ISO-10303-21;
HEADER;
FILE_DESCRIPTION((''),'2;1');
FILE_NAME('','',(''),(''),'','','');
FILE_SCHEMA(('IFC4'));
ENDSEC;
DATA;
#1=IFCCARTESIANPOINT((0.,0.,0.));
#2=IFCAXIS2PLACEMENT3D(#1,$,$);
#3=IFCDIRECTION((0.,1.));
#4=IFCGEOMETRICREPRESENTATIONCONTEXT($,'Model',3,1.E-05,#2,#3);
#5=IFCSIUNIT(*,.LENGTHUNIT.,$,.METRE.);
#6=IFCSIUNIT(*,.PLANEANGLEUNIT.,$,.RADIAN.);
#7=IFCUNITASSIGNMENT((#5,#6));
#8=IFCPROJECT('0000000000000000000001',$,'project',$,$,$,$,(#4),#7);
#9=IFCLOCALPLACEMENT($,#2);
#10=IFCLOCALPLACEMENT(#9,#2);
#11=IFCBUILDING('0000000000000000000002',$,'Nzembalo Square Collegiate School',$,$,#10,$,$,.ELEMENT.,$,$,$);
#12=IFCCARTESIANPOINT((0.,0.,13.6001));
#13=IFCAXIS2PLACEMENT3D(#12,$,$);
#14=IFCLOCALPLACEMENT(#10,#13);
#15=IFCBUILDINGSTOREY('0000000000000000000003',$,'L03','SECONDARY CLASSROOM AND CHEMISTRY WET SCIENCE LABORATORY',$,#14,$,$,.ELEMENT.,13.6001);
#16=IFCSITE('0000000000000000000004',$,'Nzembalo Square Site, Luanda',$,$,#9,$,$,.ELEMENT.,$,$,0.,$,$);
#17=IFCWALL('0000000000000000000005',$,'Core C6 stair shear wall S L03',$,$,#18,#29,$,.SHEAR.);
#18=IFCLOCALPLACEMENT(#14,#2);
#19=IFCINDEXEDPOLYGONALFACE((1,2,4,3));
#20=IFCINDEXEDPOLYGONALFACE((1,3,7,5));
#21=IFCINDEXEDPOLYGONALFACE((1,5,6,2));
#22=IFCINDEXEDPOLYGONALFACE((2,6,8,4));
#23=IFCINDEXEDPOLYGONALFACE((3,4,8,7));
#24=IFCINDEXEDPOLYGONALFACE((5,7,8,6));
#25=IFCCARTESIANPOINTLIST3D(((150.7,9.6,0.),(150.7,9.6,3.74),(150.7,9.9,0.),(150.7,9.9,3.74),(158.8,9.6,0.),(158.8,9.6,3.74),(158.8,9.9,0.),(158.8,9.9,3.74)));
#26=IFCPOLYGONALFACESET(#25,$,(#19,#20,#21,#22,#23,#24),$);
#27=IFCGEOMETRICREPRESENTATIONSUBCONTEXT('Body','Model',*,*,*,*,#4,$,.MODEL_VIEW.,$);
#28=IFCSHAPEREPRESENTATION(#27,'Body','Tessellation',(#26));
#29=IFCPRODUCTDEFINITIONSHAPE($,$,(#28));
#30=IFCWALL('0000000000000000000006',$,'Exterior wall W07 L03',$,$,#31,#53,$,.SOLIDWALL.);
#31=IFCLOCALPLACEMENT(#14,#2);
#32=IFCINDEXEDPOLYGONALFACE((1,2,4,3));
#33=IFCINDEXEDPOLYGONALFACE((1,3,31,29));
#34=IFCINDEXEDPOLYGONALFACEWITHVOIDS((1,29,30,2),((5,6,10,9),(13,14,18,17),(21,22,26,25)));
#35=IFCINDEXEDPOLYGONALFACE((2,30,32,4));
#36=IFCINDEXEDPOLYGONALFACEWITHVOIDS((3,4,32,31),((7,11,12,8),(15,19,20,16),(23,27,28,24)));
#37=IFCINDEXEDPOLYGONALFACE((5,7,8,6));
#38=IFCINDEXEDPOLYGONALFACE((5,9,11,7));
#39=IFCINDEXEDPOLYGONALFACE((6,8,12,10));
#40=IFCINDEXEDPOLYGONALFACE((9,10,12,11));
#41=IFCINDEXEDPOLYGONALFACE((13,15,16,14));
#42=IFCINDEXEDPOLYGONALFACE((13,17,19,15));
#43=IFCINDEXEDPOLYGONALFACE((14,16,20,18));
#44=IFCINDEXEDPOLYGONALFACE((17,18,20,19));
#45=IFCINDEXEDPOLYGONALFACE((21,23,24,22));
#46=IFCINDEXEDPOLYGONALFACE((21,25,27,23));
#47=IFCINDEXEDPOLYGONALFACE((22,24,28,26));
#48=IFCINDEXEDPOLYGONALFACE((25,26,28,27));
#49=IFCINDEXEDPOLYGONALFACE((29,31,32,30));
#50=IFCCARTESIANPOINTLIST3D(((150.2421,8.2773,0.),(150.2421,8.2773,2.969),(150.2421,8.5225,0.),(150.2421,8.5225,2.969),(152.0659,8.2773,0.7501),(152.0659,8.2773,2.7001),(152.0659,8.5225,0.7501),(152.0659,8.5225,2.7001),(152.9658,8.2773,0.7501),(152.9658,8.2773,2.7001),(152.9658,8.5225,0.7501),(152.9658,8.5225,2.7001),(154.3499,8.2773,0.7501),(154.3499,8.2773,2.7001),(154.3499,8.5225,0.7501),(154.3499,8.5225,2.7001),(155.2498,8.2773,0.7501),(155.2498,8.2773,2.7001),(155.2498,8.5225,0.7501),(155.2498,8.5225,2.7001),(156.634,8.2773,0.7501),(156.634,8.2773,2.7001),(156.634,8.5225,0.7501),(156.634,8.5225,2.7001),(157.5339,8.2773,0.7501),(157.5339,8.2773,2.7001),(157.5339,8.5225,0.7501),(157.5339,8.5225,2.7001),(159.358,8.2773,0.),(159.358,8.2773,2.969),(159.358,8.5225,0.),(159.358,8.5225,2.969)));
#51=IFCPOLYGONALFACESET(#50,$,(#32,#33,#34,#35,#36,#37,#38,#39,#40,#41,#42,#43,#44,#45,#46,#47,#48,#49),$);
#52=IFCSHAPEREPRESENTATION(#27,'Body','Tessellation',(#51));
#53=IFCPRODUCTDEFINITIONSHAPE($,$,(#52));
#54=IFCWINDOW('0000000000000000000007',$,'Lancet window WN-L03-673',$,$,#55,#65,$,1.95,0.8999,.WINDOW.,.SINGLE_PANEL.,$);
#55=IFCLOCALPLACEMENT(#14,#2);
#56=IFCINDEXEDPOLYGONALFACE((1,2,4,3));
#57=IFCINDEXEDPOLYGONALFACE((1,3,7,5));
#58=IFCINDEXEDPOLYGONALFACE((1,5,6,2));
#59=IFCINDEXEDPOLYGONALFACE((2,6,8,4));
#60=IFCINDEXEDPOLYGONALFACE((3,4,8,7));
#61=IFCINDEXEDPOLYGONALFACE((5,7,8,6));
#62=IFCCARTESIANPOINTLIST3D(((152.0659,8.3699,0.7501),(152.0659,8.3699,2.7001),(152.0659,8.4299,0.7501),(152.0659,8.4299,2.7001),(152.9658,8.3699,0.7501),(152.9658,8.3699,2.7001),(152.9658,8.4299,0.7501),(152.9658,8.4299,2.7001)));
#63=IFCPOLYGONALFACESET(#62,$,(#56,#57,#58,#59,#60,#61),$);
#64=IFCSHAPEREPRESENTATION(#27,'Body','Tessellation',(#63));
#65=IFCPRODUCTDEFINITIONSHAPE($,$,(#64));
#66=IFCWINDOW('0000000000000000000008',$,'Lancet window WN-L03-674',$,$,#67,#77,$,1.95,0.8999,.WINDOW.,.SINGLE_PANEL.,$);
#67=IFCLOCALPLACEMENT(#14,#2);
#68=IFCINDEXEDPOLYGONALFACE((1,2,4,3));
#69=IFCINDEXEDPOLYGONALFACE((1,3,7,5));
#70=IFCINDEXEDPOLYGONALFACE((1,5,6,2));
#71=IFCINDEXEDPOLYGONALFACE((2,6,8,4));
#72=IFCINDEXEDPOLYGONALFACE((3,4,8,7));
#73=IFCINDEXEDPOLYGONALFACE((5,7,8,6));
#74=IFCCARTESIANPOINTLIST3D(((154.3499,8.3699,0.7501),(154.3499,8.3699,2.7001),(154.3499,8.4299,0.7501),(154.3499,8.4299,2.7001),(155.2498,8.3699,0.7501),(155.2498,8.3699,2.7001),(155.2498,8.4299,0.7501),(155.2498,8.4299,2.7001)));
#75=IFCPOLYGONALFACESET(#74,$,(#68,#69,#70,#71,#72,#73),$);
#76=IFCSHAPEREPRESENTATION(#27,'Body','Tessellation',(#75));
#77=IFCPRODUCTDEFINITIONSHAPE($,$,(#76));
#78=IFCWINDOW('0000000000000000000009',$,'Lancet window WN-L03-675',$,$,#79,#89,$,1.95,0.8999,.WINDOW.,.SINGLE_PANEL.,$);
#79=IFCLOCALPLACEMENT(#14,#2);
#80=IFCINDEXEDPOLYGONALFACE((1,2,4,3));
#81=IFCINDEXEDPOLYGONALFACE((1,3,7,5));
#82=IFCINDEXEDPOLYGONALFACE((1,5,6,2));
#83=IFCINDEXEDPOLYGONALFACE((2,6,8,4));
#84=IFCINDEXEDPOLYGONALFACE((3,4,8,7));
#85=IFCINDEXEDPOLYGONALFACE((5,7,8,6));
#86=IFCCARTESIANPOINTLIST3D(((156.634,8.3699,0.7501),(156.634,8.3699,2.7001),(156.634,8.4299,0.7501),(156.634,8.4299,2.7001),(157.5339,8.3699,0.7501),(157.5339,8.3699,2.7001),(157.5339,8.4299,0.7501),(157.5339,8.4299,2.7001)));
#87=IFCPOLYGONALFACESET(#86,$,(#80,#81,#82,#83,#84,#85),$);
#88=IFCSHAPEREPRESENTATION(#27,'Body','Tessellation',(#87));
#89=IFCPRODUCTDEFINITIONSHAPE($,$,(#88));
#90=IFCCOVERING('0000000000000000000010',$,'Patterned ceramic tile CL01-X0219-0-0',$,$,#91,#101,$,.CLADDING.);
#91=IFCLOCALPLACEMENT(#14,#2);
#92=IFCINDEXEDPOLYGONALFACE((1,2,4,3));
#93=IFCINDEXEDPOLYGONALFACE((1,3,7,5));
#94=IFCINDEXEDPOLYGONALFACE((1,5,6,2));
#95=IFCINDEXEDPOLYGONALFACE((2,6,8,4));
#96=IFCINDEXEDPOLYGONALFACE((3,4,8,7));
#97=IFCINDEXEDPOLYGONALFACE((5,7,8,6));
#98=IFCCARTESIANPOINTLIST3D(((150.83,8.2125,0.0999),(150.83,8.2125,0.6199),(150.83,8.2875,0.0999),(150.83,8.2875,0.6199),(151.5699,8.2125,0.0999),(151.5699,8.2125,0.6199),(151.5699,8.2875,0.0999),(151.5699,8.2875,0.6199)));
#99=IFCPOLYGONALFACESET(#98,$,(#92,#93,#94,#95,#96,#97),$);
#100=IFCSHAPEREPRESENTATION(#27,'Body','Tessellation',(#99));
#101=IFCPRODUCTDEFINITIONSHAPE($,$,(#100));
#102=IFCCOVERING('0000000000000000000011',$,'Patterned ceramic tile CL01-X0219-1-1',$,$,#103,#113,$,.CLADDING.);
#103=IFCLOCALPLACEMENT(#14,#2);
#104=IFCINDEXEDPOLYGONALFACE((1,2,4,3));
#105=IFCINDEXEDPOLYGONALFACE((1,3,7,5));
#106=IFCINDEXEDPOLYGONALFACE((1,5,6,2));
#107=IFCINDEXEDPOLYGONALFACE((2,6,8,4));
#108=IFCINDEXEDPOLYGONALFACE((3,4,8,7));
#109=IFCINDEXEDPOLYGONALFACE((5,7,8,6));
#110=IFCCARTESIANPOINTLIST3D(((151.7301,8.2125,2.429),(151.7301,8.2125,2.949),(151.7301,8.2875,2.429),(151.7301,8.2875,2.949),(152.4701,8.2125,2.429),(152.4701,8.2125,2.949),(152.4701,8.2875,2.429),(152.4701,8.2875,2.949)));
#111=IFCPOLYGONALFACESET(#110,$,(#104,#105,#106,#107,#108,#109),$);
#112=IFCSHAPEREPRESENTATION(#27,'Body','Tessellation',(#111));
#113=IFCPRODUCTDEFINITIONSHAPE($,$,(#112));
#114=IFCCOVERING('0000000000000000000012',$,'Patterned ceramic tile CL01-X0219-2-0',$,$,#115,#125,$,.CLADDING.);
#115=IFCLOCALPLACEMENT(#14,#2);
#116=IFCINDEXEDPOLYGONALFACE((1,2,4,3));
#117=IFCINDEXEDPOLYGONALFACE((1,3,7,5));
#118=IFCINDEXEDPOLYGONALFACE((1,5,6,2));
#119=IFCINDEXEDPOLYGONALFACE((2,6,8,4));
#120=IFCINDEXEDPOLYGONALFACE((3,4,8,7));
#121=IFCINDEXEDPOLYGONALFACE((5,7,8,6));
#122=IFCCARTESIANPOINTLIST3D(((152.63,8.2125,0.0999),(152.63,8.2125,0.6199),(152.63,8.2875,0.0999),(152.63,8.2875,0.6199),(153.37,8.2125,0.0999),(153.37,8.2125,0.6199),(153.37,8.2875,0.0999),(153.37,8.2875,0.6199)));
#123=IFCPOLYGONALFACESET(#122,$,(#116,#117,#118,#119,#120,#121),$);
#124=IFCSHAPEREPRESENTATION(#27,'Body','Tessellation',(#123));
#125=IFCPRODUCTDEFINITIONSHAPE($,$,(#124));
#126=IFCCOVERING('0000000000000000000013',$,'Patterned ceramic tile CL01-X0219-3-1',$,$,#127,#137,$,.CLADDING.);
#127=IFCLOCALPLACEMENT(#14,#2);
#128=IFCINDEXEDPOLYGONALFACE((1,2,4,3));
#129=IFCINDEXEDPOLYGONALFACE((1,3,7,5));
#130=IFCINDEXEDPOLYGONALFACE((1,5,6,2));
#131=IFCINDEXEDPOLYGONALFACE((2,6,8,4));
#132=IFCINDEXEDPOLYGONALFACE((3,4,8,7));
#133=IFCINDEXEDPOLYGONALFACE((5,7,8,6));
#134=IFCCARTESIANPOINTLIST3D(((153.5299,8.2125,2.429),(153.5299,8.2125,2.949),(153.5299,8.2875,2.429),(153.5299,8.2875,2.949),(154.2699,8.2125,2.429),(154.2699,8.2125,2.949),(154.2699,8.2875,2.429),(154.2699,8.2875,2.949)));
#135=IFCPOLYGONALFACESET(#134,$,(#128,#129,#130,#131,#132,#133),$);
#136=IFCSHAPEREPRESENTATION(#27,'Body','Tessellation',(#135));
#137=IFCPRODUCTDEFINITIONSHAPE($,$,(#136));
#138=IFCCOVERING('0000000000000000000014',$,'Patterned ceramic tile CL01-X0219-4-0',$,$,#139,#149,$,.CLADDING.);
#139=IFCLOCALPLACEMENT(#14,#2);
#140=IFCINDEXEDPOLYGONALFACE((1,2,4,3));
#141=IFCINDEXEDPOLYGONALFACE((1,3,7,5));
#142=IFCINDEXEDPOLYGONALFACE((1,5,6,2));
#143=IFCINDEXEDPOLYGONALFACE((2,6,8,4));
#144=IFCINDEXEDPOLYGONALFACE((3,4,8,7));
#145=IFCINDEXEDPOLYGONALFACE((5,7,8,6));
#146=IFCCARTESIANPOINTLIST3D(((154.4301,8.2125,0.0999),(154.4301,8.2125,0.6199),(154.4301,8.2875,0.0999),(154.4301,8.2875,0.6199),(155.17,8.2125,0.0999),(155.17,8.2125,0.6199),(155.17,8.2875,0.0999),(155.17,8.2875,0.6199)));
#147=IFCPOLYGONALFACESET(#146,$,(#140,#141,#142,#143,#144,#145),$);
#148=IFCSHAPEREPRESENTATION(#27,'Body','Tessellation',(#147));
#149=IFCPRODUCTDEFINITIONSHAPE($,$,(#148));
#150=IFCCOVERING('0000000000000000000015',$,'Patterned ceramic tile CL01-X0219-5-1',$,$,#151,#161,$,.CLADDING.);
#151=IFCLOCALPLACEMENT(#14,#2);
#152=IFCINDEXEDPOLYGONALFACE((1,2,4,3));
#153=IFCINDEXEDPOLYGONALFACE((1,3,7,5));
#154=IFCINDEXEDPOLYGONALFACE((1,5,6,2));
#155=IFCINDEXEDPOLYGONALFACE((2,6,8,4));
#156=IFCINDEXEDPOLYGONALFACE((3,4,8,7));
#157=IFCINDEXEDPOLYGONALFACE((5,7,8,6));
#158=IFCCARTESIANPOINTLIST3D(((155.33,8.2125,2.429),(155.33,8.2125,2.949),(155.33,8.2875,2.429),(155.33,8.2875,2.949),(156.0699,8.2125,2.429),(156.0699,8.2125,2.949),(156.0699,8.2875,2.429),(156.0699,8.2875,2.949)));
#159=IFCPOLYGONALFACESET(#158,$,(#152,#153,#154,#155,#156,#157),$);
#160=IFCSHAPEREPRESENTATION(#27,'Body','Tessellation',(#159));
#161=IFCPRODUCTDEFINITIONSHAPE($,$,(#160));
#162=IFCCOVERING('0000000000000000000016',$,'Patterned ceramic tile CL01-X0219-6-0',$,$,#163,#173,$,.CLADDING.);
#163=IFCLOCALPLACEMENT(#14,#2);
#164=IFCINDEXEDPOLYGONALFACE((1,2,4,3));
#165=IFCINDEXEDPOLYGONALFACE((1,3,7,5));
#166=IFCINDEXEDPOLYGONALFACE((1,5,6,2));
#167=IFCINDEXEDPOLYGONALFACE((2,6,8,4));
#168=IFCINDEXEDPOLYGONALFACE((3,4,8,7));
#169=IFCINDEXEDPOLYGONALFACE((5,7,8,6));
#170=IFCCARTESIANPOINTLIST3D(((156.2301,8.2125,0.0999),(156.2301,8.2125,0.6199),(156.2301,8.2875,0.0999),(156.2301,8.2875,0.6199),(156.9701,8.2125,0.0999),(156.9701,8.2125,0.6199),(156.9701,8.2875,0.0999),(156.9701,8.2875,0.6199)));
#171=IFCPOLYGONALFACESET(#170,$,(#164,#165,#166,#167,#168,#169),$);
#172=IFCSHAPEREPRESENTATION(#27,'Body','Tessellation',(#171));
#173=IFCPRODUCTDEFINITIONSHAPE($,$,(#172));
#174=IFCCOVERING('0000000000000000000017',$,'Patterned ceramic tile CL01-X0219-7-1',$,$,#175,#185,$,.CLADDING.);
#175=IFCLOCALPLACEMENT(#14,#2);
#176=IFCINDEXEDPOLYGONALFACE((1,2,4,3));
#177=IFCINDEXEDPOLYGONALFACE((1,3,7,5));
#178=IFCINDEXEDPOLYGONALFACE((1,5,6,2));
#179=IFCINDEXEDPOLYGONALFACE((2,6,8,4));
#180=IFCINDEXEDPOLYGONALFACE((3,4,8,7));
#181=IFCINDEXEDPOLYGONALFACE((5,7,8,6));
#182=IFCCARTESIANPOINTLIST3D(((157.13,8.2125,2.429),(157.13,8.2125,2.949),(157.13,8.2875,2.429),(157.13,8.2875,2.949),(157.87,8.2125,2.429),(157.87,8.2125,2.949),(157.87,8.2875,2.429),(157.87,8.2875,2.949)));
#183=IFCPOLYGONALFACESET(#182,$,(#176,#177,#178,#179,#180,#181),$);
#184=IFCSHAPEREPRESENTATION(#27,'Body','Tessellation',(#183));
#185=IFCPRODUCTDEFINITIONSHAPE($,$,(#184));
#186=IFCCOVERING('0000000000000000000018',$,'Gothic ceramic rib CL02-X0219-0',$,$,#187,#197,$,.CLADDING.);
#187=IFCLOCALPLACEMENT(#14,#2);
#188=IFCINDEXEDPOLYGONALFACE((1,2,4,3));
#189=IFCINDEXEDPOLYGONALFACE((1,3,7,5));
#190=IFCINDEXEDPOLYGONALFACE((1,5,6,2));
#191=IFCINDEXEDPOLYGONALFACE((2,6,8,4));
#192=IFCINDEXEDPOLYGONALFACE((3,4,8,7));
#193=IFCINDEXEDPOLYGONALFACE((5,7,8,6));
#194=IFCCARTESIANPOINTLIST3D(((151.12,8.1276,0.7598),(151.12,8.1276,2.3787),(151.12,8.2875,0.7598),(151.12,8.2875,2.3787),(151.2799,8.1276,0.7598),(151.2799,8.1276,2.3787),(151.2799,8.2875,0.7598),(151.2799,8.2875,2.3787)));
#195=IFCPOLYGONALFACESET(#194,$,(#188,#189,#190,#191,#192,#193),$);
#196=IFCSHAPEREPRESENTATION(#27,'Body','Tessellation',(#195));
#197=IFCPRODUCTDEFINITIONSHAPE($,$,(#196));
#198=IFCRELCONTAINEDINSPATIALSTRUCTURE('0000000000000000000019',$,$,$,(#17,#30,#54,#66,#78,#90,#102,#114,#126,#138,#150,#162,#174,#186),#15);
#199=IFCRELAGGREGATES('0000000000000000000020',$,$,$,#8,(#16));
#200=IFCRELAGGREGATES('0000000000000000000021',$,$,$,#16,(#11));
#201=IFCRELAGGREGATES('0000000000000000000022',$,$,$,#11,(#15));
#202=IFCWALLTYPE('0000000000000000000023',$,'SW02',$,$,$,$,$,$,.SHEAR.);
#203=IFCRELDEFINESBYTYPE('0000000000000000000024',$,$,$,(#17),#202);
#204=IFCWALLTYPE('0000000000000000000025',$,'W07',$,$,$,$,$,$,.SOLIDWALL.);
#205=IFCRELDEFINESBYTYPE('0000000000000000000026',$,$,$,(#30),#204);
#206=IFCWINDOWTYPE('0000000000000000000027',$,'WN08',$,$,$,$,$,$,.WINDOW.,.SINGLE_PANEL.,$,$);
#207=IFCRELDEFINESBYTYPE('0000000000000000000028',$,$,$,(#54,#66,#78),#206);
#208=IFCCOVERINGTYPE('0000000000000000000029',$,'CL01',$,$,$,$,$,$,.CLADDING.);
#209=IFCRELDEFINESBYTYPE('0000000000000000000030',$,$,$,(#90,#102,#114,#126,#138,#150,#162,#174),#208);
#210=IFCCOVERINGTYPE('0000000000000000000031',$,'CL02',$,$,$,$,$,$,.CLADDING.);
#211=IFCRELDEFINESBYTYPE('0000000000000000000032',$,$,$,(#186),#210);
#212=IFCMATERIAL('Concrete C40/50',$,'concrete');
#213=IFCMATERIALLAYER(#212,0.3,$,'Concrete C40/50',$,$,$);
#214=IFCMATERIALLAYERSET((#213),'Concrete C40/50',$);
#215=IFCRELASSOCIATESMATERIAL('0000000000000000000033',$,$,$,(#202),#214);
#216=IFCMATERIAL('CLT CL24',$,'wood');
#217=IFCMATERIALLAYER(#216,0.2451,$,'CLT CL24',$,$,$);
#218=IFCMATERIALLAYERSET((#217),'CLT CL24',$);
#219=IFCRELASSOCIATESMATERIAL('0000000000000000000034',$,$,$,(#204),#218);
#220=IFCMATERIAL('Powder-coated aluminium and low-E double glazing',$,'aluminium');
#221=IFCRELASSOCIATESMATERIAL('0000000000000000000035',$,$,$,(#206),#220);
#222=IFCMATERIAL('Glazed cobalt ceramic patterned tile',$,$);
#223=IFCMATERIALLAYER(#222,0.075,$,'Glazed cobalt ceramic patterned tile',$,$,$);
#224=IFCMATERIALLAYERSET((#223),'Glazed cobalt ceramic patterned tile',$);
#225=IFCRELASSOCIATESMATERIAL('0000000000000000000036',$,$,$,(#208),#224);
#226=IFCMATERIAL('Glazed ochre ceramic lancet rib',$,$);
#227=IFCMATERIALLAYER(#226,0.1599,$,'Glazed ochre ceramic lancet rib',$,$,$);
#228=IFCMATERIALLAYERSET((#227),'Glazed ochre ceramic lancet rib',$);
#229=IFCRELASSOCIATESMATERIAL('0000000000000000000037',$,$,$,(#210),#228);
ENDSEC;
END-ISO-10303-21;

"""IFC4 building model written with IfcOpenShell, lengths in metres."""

from ifc_helpers import new_model, si_unit, direction, frame, frame_2d, origin, origin_2d, place, context, subcontext, project, spatial, rectangle, extrude, material, layer, layer_set, type_object, element, fill, save


model = new_model("IFC4")

# Units and contexts
model_context = context("Model", 3, precision=1e-05, world=origin(), true_north=direction((0.0, 1.0)))
body_context = subcontext(model_context, "Body", "Model", "MODEL_VIEW")
ifc_project = project(units=[si_unit("LENGTHUNIT", "METRE"), si_unit("PLANEANGLEUNIT", "RADIAN")], contexts=[model_context])

# Site, building, storey
site_placement = place(None, origin())
site = spatial("IfcSite", under=ifc_project, at=site_placement, Name="Nzembalo Square Site, Luanda", CompositionType="ELEMENT", RefElevation=0.0)
building_placement = place(site_placement, origin())
building = spatial("IfcBuilding", under=site, at=building_placement, Name="Nzembalo Square Collegiate School", CompositionType="ELEMENT")
storey_placement = place(building_placement, frame((0.0, 0.0, 13.6001)))
storey = spatial("IfcBuildingStorey", under=building, at=storey_placement, Name="L03", Description="SECONDARY CLASSROOM AND CHEMISTRY WET SCIENCE LABORATORY", CompositionType="ELEMENT", Elevation=13.6001)

# Wall
ifc_material_1 = material(Name="Concrete C40/50", Category="concrete")
ifc_layer_1 = layer(ifc_material_1, 0.3, Name="Concrete C40/50")
ifc_layer_set_1 = layer_set([ifc_layer_1], Name="Concrete C40/50")
wall_type_1 = type_object("IfcWallType", Name="SW02", PredefinedType="SHEAR", material=ifc_layer_set_1)
wall_1_placement = place(storey_placement, frame((150.7, 9.75, 0.0), z_axis=(0.0, 0.0, 1.0), x_axis=(1.0, 0.0, 0.0)))
element("IfcWall", 1, at=wall_1_placement, inside=storey, type_object=wall_type_1, Name="Core C6 stair shear wall S L03", PredefinedType="SHEAR", context=body_context, shape_type="SweptSolid", body=[
    extrude(rectangle(XDim=8.1001, YDim=0.3, at=frame_2d((4.05, 0.0))), origin(), (0.0, 0.0, 1.0), 3.74),
])

# Wall, openings, windows
ifc_material_2 = material(Name="CLT CL24", Category="wood")
ifc_layer_2 = layer(ifc_material_2, 0.2451, Name="CLT CL24")
ifc_layer_set_2 = layer_set([ifc_layer_2], Name="CLT CL24")
wall_type_2 = type_object("IfcWallType", Name="W07", PredefinedType="SOLIDWALL", material=ifc_layer_set_2)
wall_2_placement = place(storey_placement, frame((150.2419, 8.3999, 0.0), z_axis=(0.0, 0.0, 1.0), x_axis=(1.0, 0.0, 0.0)))
wall_2 = element("IfcWall", 2, at=wall_2_placement, inside=storey, type_object=wall_type_2, Name="Exterior wall W07 L03", PredefinedType="SOLIDWALL", context=body_context, shape_type="SweptSolid", body=[
    extrude(rectangle(XDim=9.116, YDim=0.2451, at=frame_2d((4.5581, 0.0))), origin(), (0.0, 0.0, 1.0), 2.969),
])
opening_1_placement = place(wall_2_placement, frame((1.824, 0.0, 0.75)))
opening_1 = element("IfcOpeningElement", 3, at=opening_1_placement, cuts=wall_2, PredefinedType="OPENING", context=body_context, shape_type="SweptSolid", body=[
    extrude(rectangle(XDim=0.8999, YDim=1.95, at=frame_2d((0.45, 0.9751))), frame((0.0, 0.1326, 0.0), z_axis=(0.0, -1.0, 0.0), x_axis=(1.0, 0.0, 0.0)), (0.0, 0.0, 1.0), 0.2651),
])
opening_2_placement = place(wall_2_placement, frame((4.1079, 0.0, 0.75)))
opening_2 = element("IfcOpeningElement", 4, at=opening_2_placement, cuts=wall_2, PredefinedType="OPENING", context=body_context, shape_type="SweptSolid", body=[
    extrude(rectangle(XDim=0.8999, YDim=1.95, at=frame_2d((0.45, 0.9751))), frame((0.0, 0.1326, 0.0), z_axis=(0.0, -1.0, 0.0), x_axis=(1.0, 0.0, 0.0)), (0.0, 0.0, 1.0), 0.2651),
])
opening_3_placement = place(wall_2_placement, frame((6.3921, 0.0, 0.75)))
opening_3 = element("IfcOpeningElement", 5, at=opening_3_placement, cuts=wall_2, PredefinedType="OPENING", context=body_context, shape_type="SweptSolid", body=[
    extrude(rectangle(XDim=0.8999, YDim=1.95, at=frame_2d((0.45, 0.9751))), frame((0.0, 0.1326, 0.0), z_axis=(0.0, -1.0, 0.0), x_axis=(1.0, 0.0, 0.0)), (0.0, 0.0, 1.0), 0.2651),
])
ifc_material_3 = material(Name="Powder-coated aluminium and low-E double glazing", Category="aluminium")
window_type = type_object("IfcWindowType", Name="WN08", PartitioningType="SINGLE_PANEL", PredefinedType="WINDOW", material=ifc_material_3)
window_1_placement = place(opening_1_placement, origin())
window_1 = element("IfcWindow", 6, at=window_1_placement, inside=storey, type_object=window_type, Name="Lancet window WN-L03-673", OverallHeight=1.95, OverallWidth=0.8999, PartitioningType="SINGLE_PANEL", PredefinedType="WINDOW", context=body_context, shape_type="SweptSolid", body=[
    extrude(rectangle(XDim=0.8999, YDim=1.95, at=frame_2d((0.45, 0.9751))), frame((0.0, 0.03, 0.0), z_axis=(0.0, -1.0, 0.0), x_axis=(1.0, 0.0, 0.0)), (0.0, 0.0, 1.0), 0.0601),
])
fill(opening_1, window_1)
window_2_placement = place(opening_2_placement, origin())
window_2 = element("IfcWindow", 7, at=window_2_placement, inside=storey, type_object=window_type, Name="Lancet window WN-L03-674", OverallHeight=1.95, OverallWidth=0.8999, PartitioningType="SINGLE_PANEL", PredefinedType="WINDOW", context=body_context, shape_type="SweptSolid", body=[
    extrude(rectangle(XDim=0.8999, YDim=1.95, at=frame_2d((0.45, 0.9751))), frame((0.0, 0.03, 0.0), z_axis=(0.0, -1.0, 0.0), x_axis=(1.0, 0.0, 0.0)), (0.0, 0.0, 1.0), 0.0601),
])
fill(opening_2, window_2)
window_3_placement = place(opening_3_placement, origin())
window_3 = element("IfcWindow", 8, at=window_3_placement, inside=storey, type_object=window_type, Name="Lancet window WN-L03-675", OverallHeight=1.95, OverallWidth=0.8999, PartitioningType="SINGLE_PANEL", PredefinedType="WINDOW", context=body_context, shape_type="SweptSolid", body=[
    extrude(rectangle(XDim=0.8999, YDim=1.95, at=frame_2d((0.45, 0.9751))), frame((0.0, 0.03, 0.0), z_axis=(0.0, -1.0, 0.0), x_axis=(1.0, 0.0, 0.0)), (0.0, 0.0, 1.0), 0.0601),
])
fill(opening_3, window_3)

# Coverings
ifc_material_4 = material(Name="Glazed cobalt ceramic patterned tile")
ifc_layer_3 = layer(ifc_material_4, 0.075, Name="Glazed cobalt ceramic patterned tile")
ifc_layer_set_3 = layer_set([ifc_layer_3], Name="Glazed cobalt ceramic patterned tile")
covering_type_1 = type_object("IfcCoveringType", Name="CL01", PredefinedType="CLADDING", material=ifc_layer_set_3)
for number, where, z_axis, x_axis, name in (
    (9, (151.2, 8.25, 0.0999), (0.0, 0.0, 1.0), (1.0, 0.0, 0.0), "Patterned ceramic tile CL01-X0219-0-0"),
    (10, (152.1001, 8.25, 2.429), (0.0, 0.0, 1.0), (1.0, 0.0, 0.0), "Patterned ceramic tile CL01-X0219-1-1"),
    (11, (153.0, 8.25, 0.0999), (0.0, 0.0, 1.0), (1.0, 0.0, 0.0), "Patterned ceramic tile CL01-X0219-2-0"),
    (12, (153.8999, 8.25, 2.429), (0.0, 0.0, 1.0), (1.0, 0.0, 0.0), "Patterned ceramic tile CL01-X0219-3-1"),
    (13, (154.8, 8.25, 0.0999), (0.0, 0.0, 1.0), (1.0, 0.0, 0.0), "Patterned ceramic tile CL01-X0219-4-0"),
    (14, (155.7, 8.25, 2.429), (0.0, 0.0, 1.0), (1.0, 0.0, 0.0), "Patterned ceramic tile CL01-X0219-5-1"),
    (15, (156.6001, 8.25, 0.0999), (0.0, 0.0, 1.0), (1.0, 0.0, 0.0), "Patterned ceramic tile CL01-X0219-6-0"),
    (16, (157.5, 8.25, 2.429), (0.0, 0.0, 1.0), (1.0, 0.0, 0.0), "Patterned ceramic tile CL01-X0219-7-1"),
):
    element("IfcCovering", number, at=place(storey_placement, frame(where, z_axis=z_axis, x_axis=x_axis)), inside=storey, type_object=covering_type_1, Name=name, PredefinedType="CLADDING", context=body_context, shape_type="SweptSolid", body=[
        extrude(rectangle(XDim=0.74, YDim=0.075, at=origin_2d()), origin(), (0.0, 0.0, 1.0), 0.52),
    ])
ifc_material_5 = material(Name="Glazed ochre ceramic lancet rib")
ifc_layer_4 = layer(ifc_material_5, 0.1599, Name="Glazed ochre ceramic lancet rib")
ifc_layer_set_4 = layer_set([ifc_layer_4], Name="Glazed ochre ceramic lancet rib")
covering_type_2 = type_object("IfcCoveringType", Name="CL02", PredefinedType="CLADDING", material=ifc_layer_set_4)
for number, where, z_axis, x_axis, name in (
    (17, (151.2, 8.2075, 0.7598), (0.0, 0.0, 1.0), (1.0, 0.0, 0.0), "Gothic ceramic rib CL02-X0219-0"),
):
    element("IfcCovering", number, at=place(storey_placement, frame(where, z_axis=z_axis, x_axis=x_axis)), inside=storey, type_object=covering_type_2, Name=name, PredefinedType="CLADDING", context=body_context, shape_type="SweptSolid", body=[
        extrude(rectangle(XDim=0.1599, YDim=0.1599, at=origin_2d()), origin(), (0.0, 0.0, 1.0), 1.6189),
    ])

save(model, "model.ifc")
